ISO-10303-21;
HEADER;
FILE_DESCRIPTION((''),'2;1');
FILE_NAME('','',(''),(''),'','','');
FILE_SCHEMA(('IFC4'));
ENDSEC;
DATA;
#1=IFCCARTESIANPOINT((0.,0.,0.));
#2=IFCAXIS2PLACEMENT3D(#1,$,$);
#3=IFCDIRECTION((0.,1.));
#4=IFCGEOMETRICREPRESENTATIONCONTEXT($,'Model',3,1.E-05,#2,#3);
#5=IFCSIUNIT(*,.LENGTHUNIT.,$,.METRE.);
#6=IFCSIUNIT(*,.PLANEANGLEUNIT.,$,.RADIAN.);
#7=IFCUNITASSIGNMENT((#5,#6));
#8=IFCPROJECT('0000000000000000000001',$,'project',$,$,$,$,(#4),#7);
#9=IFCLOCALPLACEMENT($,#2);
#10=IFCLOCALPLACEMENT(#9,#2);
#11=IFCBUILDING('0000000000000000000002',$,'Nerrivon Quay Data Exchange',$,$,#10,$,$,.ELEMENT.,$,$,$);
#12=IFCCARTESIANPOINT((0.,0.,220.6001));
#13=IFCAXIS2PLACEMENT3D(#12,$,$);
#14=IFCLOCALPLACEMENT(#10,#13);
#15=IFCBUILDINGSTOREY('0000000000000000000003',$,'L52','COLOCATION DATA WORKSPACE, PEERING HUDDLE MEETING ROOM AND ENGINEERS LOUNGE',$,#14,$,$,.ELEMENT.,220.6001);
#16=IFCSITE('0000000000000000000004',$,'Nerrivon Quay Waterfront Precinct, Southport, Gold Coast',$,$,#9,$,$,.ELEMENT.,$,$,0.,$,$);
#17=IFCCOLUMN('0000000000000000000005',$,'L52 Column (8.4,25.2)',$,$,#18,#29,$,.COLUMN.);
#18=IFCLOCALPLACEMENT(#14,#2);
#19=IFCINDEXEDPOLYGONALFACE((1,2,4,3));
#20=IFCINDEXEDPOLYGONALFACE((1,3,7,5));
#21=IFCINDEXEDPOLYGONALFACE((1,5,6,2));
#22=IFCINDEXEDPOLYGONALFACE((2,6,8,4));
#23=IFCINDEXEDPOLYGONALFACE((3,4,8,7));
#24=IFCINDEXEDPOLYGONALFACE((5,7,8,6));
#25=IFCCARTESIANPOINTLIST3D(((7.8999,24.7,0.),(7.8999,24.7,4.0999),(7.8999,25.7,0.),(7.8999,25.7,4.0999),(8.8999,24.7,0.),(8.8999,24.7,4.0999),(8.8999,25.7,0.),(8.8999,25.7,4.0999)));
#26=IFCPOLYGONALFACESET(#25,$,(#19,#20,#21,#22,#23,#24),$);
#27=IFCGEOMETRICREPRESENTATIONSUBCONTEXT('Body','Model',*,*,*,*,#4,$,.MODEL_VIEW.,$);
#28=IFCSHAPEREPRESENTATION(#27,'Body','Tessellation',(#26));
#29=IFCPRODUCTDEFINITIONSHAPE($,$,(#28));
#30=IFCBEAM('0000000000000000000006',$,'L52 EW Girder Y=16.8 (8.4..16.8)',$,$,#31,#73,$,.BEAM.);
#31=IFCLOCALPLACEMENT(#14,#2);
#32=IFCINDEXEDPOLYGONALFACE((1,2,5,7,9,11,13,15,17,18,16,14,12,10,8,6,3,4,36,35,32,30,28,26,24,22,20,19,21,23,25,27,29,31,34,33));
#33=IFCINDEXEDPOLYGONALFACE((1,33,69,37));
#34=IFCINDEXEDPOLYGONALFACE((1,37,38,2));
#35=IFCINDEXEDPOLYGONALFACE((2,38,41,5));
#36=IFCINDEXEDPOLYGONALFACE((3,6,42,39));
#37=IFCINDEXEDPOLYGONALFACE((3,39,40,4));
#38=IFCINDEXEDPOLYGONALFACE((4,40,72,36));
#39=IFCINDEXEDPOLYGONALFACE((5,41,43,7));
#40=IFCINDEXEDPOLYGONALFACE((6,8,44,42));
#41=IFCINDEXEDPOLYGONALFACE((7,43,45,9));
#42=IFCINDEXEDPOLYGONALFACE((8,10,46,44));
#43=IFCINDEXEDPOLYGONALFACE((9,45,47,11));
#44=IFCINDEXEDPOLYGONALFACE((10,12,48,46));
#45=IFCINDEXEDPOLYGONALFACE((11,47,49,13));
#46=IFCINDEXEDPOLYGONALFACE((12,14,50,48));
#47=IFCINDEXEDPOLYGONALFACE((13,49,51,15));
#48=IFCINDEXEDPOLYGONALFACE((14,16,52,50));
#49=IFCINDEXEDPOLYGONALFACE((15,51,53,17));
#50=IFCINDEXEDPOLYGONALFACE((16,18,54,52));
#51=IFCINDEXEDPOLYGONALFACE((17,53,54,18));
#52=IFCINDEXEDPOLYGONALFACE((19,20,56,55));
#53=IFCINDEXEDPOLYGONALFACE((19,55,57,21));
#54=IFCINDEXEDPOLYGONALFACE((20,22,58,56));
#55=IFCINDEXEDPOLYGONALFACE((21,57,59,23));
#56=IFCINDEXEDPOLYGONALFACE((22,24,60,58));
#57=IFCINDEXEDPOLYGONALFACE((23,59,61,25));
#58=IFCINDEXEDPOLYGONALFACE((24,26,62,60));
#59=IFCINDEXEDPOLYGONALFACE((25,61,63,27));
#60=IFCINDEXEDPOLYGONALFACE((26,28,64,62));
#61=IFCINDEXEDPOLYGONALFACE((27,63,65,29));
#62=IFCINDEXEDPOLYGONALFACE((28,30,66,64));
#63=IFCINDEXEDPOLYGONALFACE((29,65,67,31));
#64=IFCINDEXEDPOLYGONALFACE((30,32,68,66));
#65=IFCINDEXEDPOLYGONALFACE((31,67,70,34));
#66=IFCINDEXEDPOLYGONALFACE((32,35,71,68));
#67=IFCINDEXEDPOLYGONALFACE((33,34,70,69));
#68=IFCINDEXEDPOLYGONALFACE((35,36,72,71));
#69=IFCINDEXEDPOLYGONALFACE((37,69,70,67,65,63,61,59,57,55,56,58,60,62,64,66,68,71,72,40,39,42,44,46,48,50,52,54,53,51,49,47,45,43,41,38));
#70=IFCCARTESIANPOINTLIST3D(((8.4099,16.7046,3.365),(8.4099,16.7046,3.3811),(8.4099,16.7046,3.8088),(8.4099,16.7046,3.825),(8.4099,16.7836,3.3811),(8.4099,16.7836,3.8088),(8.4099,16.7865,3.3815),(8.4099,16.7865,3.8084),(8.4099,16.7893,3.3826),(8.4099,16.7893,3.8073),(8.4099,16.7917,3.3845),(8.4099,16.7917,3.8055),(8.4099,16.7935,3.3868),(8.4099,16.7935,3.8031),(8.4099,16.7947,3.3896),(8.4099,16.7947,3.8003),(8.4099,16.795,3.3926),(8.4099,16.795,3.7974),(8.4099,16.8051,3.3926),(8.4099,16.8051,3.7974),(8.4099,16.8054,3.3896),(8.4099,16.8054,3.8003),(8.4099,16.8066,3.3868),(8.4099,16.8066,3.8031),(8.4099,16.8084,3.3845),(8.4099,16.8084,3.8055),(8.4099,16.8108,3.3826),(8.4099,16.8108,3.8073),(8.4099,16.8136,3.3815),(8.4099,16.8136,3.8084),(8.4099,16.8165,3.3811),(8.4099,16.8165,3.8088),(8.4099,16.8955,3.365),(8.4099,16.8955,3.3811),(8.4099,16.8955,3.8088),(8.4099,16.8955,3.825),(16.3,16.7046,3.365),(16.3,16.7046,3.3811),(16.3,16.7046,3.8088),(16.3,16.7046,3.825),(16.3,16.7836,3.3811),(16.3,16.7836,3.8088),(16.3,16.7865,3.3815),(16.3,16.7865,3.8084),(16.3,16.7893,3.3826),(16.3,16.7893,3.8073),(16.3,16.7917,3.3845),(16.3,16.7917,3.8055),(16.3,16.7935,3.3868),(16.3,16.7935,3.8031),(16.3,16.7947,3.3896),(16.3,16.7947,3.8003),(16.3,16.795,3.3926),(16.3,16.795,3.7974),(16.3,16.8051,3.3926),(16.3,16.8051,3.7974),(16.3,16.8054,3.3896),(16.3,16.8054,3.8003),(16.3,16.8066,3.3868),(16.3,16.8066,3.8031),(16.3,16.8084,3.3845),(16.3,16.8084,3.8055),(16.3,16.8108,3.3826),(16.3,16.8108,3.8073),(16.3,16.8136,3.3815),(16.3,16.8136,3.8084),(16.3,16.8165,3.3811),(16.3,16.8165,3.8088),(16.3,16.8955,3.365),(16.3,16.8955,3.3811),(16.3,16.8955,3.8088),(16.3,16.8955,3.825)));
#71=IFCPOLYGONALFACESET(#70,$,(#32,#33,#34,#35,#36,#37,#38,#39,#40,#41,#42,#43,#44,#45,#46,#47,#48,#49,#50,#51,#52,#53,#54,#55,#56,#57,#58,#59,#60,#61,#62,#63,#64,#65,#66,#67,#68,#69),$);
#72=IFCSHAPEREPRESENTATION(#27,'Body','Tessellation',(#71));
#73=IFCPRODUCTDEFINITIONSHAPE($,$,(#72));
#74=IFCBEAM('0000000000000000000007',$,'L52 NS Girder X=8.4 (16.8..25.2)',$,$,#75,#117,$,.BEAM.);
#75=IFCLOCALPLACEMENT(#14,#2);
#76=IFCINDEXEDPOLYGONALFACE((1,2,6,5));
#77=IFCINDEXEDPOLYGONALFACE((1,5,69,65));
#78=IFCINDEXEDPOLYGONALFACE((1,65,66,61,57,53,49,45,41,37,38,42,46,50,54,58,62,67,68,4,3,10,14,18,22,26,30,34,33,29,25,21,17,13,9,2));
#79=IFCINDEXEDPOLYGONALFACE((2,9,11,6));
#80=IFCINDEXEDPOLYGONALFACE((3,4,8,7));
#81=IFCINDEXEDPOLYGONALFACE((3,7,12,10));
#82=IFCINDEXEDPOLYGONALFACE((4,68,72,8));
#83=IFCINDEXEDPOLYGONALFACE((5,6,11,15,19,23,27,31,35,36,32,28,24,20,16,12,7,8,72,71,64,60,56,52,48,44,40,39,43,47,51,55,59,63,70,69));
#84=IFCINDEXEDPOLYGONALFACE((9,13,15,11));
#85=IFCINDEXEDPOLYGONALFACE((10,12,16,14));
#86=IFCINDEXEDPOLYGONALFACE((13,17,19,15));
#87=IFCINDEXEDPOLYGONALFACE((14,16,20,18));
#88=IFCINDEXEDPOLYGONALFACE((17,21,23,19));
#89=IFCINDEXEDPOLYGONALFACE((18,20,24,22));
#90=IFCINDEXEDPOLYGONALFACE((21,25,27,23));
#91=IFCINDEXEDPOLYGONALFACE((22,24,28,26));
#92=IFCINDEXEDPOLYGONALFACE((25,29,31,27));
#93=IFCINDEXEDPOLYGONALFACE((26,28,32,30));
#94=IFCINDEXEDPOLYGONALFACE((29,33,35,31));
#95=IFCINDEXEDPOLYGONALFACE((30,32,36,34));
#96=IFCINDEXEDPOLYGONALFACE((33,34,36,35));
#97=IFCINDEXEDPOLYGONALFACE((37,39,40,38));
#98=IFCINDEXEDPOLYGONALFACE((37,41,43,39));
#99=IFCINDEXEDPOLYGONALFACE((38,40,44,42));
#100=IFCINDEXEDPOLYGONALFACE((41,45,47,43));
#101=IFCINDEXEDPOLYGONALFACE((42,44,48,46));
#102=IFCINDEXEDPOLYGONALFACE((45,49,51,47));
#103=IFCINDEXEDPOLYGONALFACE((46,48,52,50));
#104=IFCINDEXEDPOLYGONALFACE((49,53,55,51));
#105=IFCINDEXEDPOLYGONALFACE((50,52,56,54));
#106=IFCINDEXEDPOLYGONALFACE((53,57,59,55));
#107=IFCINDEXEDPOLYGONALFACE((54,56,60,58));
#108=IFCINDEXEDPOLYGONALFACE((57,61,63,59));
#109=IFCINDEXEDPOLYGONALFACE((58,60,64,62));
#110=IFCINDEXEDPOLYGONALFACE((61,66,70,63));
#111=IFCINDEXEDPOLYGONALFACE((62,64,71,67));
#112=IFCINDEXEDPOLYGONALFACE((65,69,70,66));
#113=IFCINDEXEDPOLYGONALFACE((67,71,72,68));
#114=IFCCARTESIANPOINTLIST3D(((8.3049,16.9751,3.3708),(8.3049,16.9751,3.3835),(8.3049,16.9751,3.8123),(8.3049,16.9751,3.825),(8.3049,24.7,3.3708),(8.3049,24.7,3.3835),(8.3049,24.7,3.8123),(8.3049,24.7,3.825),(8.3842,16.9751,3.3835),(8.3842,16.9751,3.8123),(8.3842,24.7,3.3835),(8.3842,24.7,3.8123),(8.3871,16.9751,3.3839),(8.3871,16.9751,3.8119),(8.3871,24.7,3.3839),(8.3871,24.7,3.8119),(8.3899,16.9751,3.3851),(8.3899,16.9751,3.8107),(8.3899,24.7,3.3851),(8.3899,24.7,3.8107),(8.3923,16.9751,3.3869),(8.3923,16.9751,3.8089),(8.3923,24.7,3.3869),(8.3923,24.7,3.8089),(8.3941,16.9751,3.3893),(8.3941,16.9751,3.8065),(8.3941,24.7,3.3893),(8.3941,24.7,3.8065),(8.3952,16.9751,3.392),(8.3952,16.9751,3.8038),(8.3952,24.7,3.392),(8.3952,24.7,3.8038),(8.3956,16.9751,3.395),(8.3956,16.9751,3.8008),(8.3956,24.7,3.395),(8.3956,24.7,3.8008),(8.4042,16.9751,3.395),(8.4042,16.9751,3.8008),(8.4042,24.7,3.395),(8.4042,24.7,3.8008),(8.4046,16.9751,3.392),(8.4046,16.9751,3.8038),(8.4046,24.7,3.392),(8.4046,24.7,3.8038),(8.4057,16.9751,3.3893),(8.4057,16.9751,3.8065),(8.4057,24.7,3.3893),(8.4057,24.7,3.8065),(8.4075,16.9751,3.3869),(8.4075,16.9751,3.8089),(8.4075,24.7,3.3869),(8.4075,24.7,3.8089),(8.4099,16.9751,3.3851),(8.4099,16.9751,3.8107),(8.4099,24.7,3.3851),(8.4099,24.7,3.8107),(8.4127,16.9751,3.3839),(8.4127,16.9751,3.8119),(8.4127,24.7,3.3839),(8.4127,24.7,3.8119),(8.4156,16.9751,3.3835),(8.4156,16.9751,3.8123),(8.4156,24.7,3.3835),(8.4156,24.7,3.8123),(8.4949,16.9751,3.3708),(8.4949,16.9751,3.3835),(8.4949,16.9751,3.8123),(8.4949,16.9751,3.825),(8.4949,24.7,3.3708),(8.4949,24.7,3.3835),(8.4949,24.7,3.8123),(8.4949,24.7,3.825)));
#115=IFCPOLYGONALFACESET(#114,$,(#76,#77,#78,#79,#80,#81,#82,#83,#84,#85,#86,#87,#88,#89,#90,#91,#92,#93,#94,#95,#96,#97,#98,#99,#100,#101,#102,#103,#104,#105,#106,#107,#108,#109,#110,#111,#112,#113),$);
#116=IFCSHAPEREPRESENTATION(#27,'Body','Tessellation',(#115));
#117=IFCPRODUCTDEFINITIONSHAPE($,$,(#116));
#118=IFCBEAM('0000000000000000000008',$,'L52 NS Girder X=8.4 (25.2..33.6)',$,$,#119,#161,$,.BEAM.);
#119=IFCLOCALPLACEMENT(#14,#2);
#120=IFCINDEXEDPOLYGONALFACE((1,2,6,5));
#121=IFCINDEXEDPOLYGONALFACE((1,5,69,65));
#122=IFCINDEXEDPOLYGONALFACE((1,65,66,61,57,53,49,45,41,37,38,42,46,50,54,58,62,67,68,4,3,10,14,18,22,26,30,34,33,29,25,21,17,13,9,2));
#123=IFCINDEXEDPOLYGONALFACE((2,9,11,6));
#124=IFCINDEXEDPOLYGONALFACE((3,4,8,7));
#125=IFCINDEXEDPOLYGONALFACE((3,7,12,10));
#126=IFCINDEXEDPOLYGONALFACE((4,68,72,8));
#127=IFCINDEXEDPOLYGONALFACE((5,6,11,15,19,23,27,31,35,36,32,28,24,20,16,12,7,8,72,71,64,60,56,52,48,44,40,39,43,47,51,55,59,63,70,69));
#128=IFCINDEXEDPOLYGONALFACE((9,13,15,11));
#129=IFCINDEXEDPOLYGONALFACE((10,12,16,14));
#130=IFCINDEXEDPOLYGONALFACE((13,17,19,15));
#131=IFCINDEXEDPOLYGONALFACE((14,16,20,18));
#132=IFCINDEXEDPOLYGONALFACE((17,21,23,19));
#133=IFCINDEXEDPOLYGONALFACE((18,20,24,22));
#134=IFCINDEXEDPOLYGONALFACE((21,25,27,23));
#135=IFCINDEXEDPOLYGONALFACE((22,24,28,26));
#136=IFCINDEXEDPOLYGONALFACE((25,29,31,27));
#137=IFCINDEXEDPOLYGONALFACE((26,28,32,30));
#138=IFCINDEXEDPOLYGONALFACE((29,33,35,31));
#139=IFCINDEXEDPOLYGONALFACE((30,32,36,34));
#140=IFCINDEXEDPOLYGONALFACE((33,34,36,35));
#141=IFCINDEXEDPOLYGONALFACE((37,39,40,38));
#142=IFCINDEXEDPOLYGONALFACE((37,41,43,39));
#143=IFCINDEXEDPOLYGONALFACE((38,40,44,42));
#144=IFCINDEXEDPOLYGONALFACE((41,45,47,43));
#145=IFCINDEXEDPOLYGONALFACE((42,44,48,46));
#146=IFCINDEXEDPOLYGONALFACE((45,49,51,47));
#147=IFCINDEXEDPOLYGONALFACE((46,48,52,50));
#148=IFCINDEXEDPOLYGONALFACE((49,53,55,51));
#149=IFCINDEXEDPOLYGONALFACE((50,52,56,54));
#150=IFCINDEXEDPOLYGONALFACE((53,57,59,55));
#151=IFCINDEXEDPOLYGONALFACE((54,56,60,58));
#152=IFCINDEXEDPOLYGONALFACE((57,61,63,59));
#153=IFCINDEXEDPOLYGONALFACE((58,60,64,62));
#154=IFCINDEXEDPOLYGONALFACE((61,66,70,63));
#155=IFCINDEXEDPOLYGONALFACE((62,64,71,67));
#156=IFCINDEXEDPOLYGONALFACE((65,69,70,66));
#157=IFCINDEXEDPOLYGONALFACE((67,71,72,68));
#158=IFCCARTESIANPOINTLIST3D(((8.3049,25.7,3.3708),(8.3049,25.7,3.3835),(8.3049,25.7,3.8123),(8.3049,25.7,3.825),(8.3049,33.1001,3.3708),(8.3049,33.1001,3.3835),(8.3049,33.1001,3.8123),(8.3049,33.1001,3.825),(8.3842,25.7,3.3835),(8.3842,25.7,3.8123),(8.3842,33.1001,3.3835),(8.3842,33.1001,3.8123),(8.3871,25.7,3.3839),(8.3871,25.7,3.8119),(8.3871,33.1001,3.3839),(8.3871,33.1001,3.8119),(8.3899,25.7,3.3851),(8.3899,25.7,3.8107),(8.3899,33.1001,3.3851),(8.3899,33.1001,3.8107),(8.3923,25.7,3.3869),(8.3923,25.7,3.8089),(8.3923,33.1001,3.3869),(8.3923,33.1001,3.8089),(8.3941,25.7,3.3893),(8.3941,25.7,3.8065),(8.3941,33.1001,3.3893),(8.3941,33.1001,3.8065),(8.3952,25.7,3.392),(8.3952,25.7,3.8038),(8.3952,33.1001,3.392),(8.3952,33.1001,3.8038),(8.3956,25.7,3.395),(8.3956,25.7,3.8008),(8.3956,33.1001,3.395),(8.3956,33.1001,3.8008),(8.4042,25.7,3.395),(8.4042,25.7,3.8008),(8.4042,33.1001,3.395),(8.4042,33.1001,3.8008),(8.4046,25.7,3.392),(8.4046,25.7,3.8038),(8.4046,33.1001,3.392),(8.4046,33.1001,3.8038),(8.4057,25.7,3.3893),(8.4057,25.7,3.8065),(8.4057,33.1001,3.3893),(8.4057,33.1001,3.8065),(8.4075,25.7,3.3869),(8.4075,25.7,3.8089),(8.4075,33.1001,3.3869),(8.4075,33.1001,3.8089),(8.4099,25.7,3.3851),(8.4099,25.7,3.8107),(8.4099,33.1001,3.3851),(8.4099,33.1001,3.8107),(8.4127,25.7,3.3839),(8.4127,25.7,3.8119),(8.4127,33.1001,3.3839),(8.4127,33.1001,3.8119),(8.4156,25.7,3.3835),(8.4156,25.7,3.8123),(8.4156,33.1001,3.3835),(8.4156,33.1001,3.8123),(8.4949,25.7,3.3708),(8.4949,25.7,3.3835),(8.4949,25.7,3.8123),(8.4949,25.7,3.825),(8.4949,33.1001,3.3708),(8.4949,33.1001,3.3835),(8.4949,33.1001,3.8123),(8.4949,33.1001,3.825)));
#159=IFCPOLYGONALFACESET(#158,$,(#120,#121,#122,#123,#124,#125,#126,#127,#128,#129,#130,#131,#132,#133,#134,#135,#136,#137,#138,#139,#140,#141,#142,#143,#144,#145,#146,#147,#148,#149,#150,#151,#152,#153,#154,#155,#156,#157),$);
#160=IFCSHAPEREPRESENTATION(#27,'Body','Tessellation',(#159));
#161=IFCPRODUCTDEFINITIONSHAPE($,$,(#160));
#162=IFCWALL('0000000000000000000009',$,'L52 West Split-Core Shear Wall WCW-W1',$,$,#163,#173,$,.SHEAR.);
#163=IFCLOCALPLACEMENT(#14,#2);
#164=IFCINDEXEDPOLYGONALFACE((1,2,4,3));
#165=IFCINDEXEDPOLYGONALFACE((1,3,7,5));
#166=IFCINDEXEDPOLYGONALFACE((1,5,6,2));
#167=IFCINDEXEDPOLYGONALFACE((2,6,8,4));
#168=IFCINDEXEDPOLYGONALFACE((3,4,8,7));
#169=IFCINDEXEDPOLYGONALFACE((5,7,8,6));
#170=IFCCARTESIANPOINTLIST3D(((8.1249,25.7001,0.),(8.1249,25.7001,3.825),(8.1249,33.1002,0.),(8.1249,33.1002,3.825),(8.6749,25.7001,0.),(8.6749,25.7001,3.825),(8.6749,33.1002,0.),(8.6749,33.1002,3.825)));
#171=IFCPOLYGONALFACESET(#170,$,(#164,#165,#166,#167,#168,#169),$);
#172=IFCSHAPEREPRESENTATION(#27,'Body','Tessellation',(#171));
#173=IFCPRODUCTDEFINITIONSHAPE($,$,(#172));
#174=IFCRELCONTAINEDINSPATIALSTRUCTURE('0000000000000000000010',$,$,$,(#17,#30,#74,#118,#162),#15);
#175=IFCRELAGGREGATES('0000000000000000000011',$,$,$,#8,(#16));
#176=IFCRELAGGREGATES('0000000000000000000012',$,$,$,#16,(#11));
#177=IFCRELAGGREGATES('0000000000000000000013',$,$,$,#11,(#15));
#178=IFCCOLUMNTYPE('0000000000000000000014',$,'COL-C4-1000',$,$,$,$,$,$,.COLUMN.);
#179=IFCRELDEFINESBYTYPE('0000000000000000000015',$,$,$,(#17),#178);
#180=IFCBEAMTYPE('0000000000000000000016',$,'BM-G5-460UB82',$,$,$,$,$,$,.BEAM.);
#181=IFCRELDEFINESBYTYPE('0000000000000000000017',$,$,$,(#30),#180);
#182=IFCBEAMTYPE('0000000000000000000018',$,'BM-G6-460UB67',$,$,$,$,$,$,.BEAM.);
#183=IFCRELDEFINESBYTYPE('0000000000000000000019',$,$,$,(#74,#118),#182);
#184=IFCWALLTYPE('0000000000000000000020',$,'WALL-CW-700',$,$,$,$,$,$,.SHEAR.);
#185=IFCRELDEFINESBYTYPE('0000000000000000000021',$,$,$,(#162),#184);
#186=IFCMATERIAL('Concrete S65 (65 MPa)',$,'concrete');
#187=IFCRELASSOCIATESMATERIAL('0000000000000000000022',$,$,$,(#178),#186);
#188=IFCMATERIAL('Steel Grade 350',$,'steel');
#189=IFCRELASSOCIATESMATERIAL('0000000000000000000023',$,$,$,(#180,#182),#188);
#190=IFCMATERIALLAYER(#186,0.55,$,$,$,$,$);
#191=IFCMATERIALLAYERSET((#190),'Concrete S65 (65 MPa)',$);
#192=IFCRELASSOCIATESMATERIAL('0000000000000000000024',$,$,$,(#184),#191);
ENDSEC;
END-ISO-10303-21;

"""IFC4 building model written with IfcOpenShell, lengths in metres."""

from ifc_helpers import new_model, si_unit, direction, frame, frame_2d, origin, origin_2d, place, context, subcontext, project, spatial, rectangle, i_section, extrude, material, layer, layer_set, material_profile, profile_set, type_object, element, save


model = new_model("IFC4")

# Units and contexts
model_context = context("Model", 3, precision=1e-05, world=origin(), true_north=direction((0.0, 1.0)))
body_context = subcontext(model_context, "Body", "Model", "MODEL_VIEW")
ifc_project = project(units=[si_unit("LENGTHUNIT", "METRE"), si_unit("PLANEANGLEUNIT", "RADIAN")], contexts=[model_context])

# Site, building, storey
site_placement = place(None, origin())
site = spatial("IfcSite", under=ifc_project, at=site_placement, Name="Nerrivon Quay Waterfront Precinct, Southport, Gold Coast", CompositionType="ELEMENT", RefElevation=0.0)
building_placement = place(site_placement, origin())
building = spatial("IfcBuilding", under=site, at=building_placement, Name="Nerrivon Quay Data Exchange", CompositionType="ELEMENT")
storey_placement = place(building_placement, frame((0.0, 0.0, 220.6001)))
storey = spatial("IfcBuildingStorey", under=building, at=storey_placement, Name="L52", Description="COLOCATION DATA WORKSPACE, PEERING HUDDLE MEETING ROOM AND ENGINEERS LOUNGE", CompositionType="ELEMENT", Elevation=220.6001)

# Column
ifc_material_1 = material(Name="Concrete S65 (65 MPa)", Category="concrete")
ifc_material_profile_1 = material_profile(ifc_material_1, rectangle(XDim=1.0, YDim=1.0, at=origin_2d()), Name="RC-COL-1000x1000")
ifc_profile_set_1 = profile_set([ifc_material_profile_1], Name="Concrete S65 (65 MPa)")
column_type = type_object("IfcColumnType", Name="COL-C4-1000", PredefinedType="COLUMN", material=ifc_profile_set_1)
column_placement = place(storey_placement, frame((8.3999, 25.2, 0.0), z_axis=(0.0, 0.0, 1.0), x_axis=(1.0, 0.0, 0.0)))
element("IfcColumn", 1, at=column_placement, inside=storey, type_object=column_type, Name="L52 Column (8.4,25.2)", PredefinedType="COLUMN", context=body_context, shape_type="SweptSolid", body=[
    extrude(rectangle(XDim=1.0, YDim=1.0, at=origin_2d()), origin(), (0.0, 0.0, 1.0), 4.0999),
])

# Beams
ifc_material_2 = material(Name="Steel Grade 350", Category="steel")
ifc_material_profile_2 = material_profile(ifc_material_2, i_section(OverallWidth=0.1909, OverallDepth=0.46, WebThickness=0.01, FlangeThickness=0.0161, FilletRadius=0.0115, at=origin_2d()), Name="460UB82.1")
ifc_profile_set_2 = profile_set([ifc_material_profile_2], Name="Steel Grade 350")
beam_type_1 = type_object("IfcBeamType", Name="BM-G5-460UB82", PredefinedType="BEAM", material=ifc_profile_set_2)
beam_1_placement = place(storey_placement, frame((8.4099, 16.8, 3.595), z_axis=(1.0, 0.0, 0.0), x_axis=(0.0, 1.0, 0.0)))
element("IfcBeam", 2, at=beam_1_placement, inside=storey, type_object=beam_type_1, Name="L52 EW Girder Y=16.8 (8.4..16.8)", PredefinedType="BEAM", context=body_context, shape_type="SweptSolid", body=[
    extrude(i_section(OverallWidth=0.1909, OverallDepth=0.46, WebThickness=0.01, FlangeThickness=0.0161, FilletRadius=0.0115, at=origin_2d()), origin(), (0.0, 0.0, 1.0), 7.8901),
])
ifc_material_profile_3 = material_profile(ifc_material_2, i_section(OverallWidth=0.1899, OverallDepth=0.4541, WebThickness=0.0085, FlangeThickness=0.0127, FilletRadius=0.0115, at=origin_2d()), Name="460UB67.1")
ifc_profile_set_3 = profile_set([ifc_material_profile_3], Name="Steel Grade 350")
beam_type_2 = type_object("IfcBeamType", Name="BM-G6-460UB67", PredefinedType="BEAM", material=ifc_profile_set_3)
beam_2_placement = place(storey_placement, frame((8.3999, 16.9751, 3.5979), z_axis=(0.0, 1.0, 0.0), x_axis=(-1.0, 0.0, 0.0)))
element("IfcBeam", 3, at=beam_2_placement, inside=storey, type_object=beam_type_2, Name="L52 NS Girder X=8.4 (16.8..25.2)", PredefinedType="BEAM", context=body_context, shape_type="SweptSolid", body=[
    extrude(i_section(OverallWidth=0.1899, OverallDepth=0.4541, WebThickness=0.0085, FlangeThickness=0.0127, FilletRadius=0.0115, at=origin_2d()), origin(), (0.0, 0.0, 1.0), 7.7249),
])
beam_3_placement = place(storey_placement, frame((8.3999, 25.7, 3.5979), z_axis=(0.0, 1.0, 0.0), x_axis=(-1.0, 0.0, 0.0)))
element("IfcBeam", 4, at=beam_3_placement, inside=storey, type_object=beam_type_2, Name="L52 NS Girder X=8.4 (25.2..33.6)", PredefinedType="BEAM", context=body_context, shape_type="SweptSolid", body=[
    extrude(i_section(OverallWidth=0.1899, OverallDepth=0.4541, WebThickness=0.0085, FlangeThickness=0.0127, FilletRadius=0.0115, at=origin_2d()), origin(), (0.0, 0.0, 1.0), 7.4001),
])

# Wall
ifc_layer_1 = layer(ifc_material_1, 0.55)
ifc_layer_set_1 = layer_set([ifc_layer_1], Name="Concrete S65 (65 MPa)")
wall_type_1 = type_object("IfcWallType", Name="WALL-CW-700", PredefinedType="SHEAR", material=ifc_layer_set_1)
wall_1_placement = place(storey_placement, frame((8.3999, 25.7, 0.0), z_axis=(0.0, 0.0, 1.0), x_axis=(0.0, 1.0, 0.0)))
element("IfcWall", 5, at=wall_1_placement, inside=storey, type_object=wall_type_1, Name="L52 West Split-Core Shear Wall WCW-W1", PredefinedType="SHEAR", context=body_context, shape_type="SweptSolid", body=[
    extrude(rectangle(XDim=7.4001, YDim=0.55, at=frame_2d((3.7002, 0.0))), origin(), (0.0, 0.0, 1.0), 3.825),
])

save(model, "model.ifc")
